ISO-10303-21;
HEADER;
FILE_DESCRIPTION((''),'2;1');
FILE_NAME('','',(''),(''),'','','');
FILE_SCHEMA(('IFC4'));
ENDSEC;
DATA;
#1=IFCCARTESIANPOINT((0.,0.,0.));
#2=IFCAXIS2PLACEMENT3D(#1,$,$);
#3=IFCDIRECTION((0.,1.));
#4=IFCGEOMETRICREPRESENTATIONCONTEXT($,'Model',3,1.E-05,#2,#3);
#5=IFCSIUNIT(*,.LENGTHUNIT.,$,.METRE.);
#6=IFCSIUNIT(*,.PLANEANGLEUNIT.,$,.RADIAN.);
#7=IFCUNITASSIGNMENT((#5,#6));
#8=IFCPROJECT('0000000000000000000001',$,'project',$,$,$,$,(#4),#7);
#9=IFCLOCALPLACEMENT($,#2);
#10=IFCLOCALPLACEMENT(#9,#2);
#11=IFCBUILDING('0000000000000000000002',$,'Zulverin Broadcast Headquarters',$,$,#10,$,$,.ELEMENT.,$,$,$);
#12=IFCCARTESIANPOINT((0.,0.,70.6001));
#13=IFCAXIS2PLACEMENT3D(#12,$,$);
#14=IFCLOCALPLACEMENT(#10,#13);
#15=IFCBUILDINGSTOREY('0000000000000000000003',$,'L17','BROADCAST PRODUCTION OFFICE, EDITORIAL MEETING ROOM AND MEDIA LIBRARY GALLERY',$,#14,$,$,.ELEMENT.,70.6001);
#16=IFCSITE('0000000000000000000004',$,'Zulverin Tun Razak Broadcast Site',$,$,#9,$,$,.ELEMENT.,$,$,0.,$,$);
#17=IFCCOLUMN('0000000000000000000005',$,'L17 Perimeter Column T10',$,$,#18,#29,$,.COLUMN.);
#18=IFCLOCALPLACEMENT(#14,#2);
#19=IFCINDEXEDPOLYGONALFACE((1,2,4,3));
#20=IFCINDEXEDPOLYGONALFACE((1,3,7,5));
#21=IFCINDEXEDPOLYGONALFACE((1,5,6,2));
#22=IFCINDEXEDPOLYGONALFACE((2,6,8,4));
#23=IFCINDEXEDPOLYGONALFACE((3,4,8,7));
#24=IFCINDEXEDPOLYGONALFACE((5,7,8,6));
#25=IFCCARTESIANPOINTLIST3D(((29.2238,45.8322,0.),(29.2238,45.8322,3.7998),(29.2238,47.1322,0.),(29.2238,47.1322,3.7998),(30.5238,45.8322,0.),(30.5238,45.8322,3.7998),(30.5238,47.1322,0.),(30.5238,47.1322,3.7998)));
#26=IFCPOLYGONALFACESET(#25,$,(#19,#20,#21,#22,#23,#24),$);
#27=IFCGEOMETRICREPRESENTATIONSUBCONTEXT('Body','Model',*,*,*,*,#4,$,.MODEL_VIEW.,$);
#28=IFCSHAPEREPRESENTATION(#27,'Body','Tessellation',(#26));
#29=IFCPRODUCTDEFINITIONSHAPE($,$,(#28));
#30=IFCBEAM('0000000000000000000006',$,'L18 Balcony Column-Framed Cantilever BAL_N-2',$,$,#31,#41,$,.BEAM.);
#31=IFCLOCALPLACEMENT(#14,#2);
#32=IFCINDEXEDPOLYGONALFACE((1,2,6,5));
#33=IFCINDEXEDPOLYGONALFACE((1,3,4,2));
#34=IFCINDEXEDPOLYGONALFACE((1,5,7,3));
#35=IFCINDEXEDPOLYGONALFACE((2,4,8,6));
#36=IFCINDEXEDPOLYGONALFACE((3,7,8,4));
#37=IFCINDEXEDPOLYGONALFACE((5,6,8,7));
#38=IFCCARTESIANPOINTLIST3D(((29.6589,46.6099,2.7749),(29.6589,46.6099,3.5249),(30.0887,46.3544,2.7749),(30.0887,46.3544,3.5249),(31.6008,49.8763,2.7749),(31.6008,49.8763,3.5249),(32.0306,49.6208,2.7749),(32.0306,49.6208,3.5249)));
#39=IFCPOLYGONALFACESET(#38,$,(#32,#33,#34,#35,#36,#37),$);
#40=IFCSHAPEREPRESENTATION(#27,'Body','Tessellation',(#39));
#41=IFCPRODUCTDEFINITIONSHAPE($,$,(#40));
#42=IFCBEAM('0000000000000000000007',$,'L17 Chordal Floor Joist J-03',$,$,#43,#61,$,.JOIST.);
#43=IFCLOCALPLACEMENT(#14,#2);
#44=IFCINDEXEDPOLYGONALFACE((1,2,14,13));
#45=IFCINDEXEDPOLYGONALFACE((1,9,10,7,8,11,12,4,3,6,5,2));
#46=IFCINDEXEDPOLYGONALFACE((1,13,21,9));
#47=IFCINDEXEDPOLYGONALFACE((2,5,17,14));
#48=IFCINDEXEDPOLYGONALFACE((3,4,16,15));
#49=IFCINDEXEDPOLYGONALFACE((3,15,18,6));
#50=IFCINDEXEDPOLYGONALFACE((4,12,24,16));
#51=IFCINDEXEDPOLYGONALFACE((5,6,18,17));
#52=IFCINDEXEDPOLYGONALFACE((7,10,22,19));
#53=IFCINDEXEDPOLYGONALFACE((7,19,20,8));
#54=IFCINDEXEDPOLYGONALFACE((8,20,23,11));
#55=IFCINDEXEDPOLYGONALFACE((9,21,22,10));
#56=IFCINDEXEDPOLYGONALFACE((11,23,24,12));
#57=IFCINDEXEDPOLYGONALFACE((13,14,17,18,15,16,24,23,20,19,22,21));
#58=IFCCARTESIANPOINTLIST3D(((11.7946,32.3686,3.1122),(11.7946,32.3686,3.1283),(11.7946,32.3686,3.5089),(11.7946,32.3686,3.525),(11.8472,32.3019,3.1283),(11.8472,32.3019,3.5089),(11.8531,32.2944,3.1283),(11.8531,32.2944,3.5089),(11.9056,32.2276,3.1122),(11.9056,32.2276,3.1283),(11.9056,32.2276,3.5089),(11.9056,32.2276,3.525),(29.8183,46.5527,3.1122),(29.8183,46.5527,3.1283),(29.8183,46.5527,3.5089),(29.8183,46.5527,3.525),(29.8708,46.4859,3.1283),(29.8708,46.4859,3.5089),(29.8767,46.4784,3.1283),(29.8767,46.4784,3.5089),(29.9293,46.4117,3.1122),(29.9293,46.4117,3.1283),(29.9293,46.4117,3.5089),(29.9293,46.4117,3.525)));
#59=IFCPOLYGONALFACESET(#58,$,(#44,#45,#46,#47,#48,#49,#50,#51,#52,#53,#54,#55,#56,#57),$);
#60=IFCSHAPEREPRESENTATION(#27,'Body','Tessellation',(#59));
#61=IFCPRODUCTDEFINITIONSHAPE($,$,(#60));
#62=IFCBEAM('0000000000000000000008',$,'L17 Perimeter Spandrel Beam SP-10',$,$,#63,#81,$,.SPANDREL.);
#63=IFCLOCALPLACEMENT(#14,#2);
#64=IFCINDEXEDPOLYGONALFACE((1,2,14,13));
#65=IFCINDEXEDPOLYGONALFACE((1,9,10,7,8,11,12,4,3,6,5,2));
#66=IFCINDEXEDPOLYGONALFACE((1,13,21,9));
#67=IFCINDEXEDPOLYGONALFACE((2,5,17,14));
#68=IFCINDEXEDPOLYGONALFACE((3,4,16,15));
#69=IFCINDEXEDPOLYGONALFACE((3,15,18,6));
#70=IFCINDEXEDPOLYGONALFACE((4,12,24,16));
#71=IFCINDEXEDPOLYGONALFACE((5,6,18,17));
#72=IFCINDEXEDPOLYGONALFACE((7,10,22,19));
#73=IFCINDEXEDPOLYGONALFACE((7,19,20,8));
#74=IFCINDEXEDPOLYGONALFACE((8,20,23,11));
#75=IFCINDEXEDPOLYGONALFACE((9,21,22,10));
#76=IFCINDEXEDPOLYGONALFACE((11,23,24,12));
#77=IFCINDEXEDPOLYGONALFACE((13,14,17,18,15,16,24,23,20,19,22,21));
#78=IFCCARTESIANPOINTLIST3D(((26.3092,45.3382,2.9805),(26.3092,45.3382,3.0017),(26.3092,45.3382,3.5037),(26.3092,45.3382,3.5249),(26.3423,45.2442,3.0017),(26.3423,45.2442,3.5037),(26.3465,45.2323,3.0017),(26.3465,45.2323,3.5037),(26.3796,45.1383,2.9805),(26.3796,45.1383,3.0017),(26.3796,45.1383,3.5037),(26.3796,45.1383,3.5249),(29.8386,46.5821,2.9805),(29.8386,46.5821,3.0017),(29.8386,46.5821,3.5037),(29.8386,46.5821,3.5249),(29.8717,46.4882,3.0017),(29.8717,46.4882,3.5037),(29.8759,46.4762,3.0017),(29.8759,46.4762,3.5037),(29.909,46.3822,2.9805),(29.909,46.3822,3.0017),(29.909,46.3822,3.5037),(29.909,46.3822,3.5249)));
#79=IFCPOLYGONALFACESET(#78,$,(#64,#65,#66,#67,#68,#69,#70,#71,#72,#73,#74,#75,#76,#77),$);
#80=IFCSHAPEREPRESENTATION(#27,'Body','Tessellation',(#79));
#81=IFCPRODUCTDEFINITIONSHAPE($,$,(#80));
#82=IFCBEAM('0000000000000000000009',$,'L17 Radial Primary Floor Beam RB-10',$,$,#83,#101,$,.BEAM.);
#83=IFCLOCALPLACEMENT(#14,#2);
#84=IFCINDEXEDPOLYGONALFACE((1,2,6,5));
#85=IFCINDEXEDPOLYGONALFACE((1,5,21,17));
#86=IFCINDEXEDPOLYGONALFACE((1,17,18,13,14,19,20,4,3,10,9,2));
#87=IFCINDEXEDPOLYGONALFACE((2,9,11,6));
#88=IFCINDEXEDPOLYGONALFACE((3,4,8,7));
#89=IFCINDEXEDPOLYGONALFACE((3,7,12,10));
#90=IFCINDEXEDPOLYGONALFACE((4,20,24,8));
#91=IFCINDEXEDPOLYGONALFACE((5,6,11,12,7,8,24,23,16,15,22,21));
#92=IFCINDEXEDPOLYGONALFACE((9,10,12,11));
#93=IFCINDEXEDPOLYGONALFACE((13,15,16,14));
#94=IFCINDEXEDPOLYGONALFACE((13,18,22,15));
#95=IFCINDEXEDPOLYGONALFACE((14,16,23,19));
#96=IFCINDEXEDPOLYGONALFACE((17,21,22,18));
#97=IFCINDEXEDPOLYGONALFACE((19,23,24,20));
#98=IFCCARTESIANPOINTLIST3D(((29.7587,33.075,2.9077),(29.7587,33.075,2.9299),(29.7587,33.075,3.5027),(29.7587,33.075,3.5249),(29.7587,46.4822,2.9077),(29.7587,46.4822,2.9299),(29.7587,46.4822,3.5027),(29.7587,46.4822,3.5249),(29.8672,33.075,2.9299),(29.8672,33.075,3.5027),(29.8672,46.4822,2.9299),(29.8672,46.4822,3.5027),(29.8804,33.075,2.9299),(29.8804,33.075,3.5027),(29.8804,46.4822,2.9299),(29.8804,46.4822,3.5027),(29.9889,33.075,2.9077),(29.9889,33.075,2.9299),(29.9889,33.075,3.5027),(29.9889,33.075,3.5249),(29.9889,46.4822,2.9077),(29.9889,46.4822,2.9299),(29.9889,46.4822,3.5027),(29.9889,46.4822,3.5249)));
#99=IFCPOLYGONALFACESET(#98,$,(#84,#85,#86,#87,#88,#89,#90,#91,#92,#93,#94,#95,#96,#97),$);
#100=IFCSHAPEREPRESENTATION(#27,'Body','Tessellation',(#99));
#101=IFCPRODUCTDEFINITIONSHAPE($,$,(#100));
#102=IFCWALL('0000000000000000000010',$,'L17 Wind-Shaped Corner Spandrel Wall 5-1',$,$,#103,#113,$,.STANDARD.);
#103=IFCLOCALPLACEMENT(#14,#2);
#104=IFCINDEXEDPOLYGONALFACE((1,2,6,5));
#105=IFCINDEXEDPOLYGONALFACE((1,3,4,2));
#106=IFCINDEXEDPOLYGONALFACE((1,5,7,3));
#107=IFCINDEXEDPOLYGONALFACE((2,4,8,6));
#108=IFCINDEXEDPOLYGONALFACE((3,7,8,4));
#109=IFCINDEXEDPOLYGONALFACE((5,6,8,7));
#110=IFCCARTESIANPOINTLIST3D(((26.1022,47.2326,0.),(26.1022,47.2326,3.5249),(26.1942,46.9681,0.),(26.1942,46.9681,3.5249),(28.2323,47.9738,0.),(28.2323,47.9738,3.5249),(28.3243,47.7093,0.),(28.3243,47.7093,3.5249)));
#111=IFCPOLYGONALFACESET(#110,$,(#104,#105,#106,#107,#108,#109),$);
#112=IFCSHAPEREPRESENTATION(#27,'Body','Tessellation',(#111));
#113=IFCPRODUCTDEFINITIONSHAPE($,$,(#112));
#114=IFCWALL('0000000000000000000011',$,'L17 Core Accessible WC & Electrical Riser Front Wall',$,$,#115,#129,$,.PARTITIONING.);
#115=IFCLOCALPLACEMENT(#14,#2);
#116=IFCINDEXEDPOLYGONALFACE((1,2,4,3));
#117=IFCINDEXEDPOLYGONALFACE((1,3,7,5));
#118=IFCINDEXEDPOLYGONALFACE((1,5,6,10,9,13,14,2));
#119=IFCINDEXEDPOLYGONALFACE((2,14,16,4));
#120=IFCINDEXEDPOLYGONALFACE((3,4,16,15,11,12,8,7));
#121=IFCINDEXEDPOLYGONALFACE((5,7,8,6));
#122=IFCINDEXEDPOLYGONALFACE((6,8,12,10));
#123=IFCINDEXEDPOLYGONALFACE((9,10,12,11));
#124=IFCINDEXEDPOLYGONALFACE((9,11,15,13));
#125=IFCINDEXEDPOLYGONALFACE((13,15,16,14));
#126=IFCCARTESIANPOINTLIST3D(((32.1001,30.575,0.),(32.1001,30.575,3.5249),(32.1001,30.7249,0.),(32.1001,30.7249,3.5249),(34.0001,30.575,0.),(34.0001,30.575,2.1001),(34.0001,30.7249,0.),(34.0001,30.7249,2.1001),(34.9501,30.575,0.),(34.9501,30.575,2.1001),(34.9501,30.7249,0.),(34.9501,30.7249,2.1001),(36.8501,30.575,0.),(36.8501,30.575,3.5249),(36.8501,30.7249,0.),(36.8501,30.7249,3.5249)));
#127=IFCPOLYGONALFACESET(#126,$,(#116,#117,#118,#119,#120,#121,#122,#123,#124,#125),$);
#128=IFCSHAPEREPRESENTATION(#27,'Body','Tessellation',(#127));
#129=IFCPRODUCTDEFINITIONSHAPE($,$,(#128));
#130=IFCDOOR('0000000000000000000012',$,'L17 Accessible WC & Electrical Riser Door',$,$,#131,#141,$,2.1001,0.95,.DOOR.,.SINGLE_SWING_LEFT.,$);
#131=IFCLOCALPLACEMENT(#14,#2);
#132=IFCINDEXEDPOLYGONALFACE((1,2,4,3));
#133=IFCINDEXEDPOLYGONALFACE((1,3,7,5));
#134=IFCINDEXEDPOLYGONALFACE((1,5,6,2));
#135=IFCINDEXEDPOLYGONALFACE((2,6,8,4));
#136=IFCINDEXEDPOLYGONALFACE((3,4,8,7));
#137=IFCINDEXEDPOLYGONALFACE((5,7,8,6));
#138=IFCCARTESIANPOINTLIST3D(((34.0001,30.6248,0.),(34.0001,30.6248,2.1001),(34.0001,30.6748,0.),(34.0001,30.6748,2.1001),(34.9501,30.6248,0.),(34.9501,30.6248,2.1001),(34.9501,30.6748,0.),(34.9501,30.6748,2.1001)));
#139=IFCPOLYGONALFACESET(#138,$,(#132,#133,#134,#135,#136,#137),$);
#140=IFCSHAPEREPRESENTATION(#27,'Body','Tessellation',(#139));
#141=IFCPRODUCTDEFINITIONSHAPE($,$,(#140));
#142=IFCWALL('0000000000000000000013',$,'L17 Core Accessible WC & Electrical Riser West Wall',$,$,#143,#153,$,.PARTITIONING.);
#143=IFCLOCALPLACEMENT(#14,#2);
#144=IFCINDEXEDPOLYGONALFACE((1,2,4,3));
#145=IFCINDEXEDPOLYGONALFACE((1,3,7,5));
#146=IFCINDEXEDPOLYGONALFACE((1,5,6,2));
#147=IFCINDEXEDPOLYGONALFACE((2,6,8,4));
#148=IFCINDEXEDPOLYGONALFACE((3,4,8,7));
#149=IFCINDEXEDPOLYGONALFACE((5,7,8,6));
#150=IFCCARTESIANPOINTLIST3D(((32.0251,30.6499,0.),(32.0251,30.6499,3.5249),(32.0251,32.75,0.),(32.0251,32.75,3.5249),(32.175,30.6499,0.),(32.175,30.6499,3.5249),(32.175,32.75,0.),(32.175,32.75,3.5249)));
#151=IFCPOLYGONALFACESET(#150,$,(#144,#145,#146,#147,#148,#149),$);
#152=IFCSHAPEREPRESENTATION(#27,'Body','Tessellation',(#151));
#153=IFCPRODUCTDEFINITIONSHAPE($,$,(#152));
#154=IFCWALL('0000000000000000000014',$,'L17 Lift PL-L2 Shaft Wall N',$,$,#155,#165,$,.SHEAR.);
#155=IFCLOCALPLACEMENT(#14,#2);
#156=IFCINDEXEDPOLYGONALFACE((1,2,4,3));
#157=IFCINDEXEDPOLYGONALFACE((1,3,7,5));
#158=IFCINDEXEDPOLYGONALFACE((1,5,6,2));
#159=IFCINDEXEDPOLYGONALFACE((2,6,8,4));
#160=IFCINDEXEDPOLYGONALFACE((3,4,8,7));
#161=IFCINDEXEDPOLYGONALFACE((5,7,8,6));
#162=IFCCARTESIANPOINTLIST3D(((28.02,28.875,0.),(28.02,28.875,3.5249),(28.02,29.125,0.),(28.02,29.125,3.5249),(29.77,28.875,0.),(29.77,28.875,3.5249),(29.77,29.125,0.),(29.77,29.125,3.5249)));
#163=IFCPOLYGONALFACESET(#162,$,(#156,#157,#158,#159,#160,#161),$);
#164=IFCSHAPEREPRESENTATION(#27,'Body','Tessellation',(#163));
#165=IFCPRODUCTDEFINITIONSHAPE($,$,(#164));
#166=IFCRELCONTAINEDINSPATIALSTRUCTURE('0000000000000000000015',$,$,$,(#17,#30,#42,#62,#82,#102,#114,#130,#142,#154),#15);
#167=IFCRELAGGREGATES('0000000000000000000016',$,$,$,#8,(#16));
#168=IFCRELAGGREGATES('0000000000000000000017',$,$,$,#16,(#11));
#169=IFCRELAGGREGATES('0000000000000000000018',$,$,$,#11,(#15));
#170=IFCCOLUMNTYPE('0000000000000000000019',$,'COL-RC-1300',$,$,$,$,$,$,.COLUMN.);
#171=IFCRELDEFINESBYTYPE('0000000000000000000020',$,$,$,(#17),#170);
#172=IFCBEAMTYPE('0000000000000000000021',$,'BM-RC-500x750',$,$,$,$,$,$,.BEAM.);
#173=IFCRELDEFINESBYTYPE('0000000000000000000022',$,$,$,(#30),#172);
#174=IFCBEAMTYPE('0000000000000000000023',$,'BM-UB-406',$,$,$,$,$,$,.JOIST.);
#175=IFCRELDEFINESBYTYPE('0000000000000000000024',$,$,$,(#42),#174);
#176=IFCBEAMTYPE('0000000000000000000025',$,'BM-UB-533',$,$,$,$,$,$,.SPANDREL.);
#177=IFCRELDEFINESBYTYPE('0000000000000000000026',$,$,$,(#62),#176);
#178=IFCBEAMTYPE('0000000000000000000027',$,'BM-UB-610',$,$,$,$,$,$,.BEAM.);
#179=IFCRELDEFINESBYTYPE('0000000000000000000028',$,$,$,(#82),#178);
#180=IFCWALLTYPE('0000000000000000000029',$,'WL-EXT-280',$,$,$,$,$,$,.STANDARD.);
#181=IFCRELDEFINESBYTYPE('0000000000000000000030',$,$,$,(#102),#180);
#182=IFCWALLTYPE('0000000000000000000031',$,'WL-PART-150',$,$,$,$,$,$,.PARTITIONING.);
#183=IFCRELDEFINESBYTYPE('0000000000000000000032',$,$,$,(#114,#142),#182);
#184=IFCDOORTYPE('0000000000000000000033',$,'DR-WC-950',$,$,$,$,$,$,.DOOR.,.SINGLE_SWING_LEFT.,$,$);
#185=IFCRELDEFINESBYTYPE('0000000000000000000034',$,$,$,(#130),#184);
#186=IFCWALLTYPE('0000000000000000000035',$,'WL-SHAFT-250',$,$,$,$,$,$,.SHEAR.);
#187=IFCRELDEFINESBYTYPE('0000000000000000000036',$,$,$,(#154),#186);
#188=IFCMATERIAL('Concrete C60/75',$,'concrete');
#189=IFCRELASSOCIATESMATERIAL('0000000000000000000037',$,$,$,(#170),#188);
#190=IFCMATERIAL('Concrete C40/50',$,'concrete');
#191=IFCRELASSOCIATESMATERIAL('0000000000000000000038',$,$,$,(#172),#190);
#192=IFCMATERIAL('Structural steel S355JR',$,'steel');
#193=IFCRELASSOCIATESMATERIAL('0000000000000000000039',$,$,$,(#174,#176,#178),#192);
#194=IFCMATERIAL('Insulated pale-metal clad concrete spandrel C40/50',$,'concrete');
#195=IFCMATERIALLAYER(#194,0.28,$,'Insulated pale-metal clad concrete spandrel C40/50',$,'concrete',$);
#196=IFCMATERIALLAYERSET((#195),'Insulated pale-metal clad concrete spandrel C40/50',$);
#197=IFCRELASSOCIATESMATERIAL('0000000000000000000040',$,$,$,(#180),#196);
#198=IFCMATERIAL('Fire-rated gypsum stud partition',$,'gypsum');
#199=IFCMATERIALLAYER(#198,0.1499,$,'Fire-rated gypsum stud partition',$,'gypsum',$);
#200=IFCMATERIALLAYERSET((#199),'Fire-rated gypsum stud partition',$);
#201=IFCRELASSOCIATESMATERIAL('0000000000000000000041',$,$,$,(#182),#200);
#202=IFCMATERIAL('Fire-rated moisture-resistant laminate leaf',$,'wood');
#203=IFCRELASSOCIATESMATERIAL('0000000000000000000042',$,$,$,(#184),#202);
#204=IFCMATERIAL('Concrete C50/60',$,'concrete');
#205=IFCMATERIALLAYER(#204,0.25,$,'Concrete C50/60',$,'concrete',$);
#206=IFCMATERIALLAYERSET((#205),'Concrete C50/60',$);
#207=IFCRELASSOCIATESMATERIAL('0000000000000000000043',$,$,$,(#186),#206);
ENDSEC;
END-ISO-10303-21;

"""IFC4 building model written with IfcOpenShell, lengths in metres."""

from ifc_helpers import new_model, si_unit, direction, frame, frame_2d, origin, origin_2d, place, context, subcontext, project, spatial, rectangle, i_section, extrude, material, layer, layer_set, material_profile, profile_set, type_object, element, fill, save


model = new_model("IFC4")

# Units and contexts
model_context = context("Model", 3, precision=1e-05, world=origin(), true_north=direction((0.0, 1.0)))
body_context = subcontext(model_context, "Body", "Model", "MODEL_VIEW")
ifc_project = project(units=[si_unit("LENGTHUNIT", "METRE"), si_unit("PLANEANGLEUNIT", "RADIAN")], contexts=[model_context])

# Site, building, storey
site_placement = place(None, origin())
site = spatial("IfcSite", under=ifc_project, at=site_placement, Name="Zulverin Tun Razak Broadcast Site", CompositionType="ELEMENT", RefElevation=0.0)
building_placement = place(site_placement, origin())
building = spatial("IfcBuilding", under=site, at=building_placement, Name="Zulverin Broadcast Headquarters", CompositionType="ELEMENT")
storey_placement = place(building_placement, frame((0.0, 0.0, 70.6001)))
storey = spatial("IfcBuildingStorey", under=building, at=storey_placement, Name="L17", Description="BROADCAST PRODUCTION OFFICE, EDITORIAL MEETING ROOM AND MEDIA LIBRARY GALLERY", CompositionType="ELEMENT", Elevation=70.6001)

# Column
ifc_material_1 = material(Name="Concrete C60/75", Category="concrete")
ifc_material_profile_1 = material_profile(ifc_material_1, rectangle(XDim=1.3, YDim=1.3, at=origin_2d()), Name="Concrete C60/75", Category="concrete")
ifc_profile_set_1 = profile_set([ifc_material_profile_1], Name="Concrete C60/75")
column_type = type_object("IfcColumnType", Name="COL-RC-1300", PredefinedType="COLUMN", material=ifc_profile_set_1)
column_placement = place(storey_placement, frame((29.8738, 46.4822, 0.0), z_axis=(0.0, 0.0, 1.0), x_axis=(1.0, 0.0, 0.0)))
element("IfcColumn", 1, at=column_placement, inside=storey, type_object=column_type, Name="L17 Perimeter Column T10", PredefinedType="COLUMN", context=body_context, shape_type="SweptSolid", body=[
    extrude(rectangle(XDim=1.3, YDim=1.3, at=origin_2d()), origin(), (0.0, 0.0, 1.0), 3.7998),
])

# Beams
ifc_material_2 = material(Name="Concrete C40/50", Category="concrete")
ifc_material_profile_2 = material_profile(ifc_material_2, rectangle(XDim=0.5, YDim=0.75, at=origin_2d()), Name="Concrete C40/50", Category="concrete")
ifc_profile_set_2 = profile_set([ifc_material_profile_2], Name="Concrete C40/50")
beam_type_1 = type_object("IfcBeamType", Name="BM-RC-500x750", PredefinedType="BEAM", material=ifc_profile_set_2)
beam_1_placement = place(storey_placement, frame((29.8738, 46.4822, 3.1499), z_axis=(0.511024, 0.859566, 0.0), x_axis=(-0.859566, 0.511024, 0.0)))
element("IfcBeam", 2, at=beam_1_placement, inside=storey, type_object=beam_type_1, Name="L18 Balcony Column-Framed Cantilever BAL_N-2", PredefinedType="BEAM", context=body_context, shape_type="SweptSolid", body=[
    extrude(rectangle(XDim=0.5, YDim=0.75, at=origin_2d()), origin(), (0.0, 0.0, 1.0), 3.8),
])
ifc_material_3 = material(Name="Structural steel S355JR", Category="steel")
ifc_material_profile_3 = material_profile(ifc_material_3, i_section(OverallWidth=0.1794, OverallDepth=0.4128, WebThickness=0.0095, FlangeThickness=0.0161, at=origin_2d()), Name="Structural steel S355JR", Category="steel")
ifc_profile_set_3 = profile_set([ifc_material_profile_3], Name="Structural steel S355JR")
beam_type_2 = type_object("IfcBeamType", Name="BM-UB-406", PredefinedType="JOIST", material=ifc_profile_set_3)
beam_2_placement = place(storey_placement, frame((29.8738, 46.4822, 3.3186), z_axis=(-0.785839, -0.618431, 0.0), x_axis=(0.618431, -0.785839, 0.0)))
element("IfcBeam", 3, at=beam_2_placement, inside=storey, type_object=beam_type_2, Name="L17 Chordal Floor Joist J-03", PredefinedType="JOIST", context=body_context, shape_type="SweptSolid", body=[
    extrude(i_section(OverallWidth=0.1794, OverallDepth=0.4128, WebThickness=0.0095, FlangeThickness=0.0161, at=origin_2d()), origin(), (0.0, 0.0, 1.0), 22.9355),
])
ifc_material_profile_4 = material_profile(ifc_material_3, i_section(OverallWidth=0.2119, OverallDepth=0.5444, WebThickness=0.0127, FlangeThickness=0.0212, at=origin_2d()), Name="Structural steel S355JR", Category="steel")
ifc_profile_set_4 = profile_set([ifc_material_profile_4], Name="Structural steel S355JR")
beam_type_3 = type_object("IfcBeamType", Name="BM-UB-533", PredefinedType="SPANDREL", material=ifc_profile_set_4)
beam_3_placement = place(storey_placement, frame((29.8738, 46.4822, 3.2527), z_axis=(-0.943136, -0.332407, 0.0), x_axis=(0.332407, -0.943136, 0.0)))
element("IfcBeam", 4, at=beam_3_placement, inside=storey, type_object=beam_type_3, Name="L17 Perimeter Spandrel Beam SP-10", PredefinedType="SPANDREL", context=body_context, shape_type="SweptSolid", body=[
    extrude(i_section(OverallWidth=0.2119, OverallDepth=0.5444, WebThickness=0.0127, FlangeThickness=0.0212, at=origin_2d()), origin(), (0.0, 0.0, 1.0), 3.7422),
])
ifc_material_profile_5 = material_profile(ifc_material_3, i_section(OverallWidth=0.2302, OverallDepth=0.6172, WebThickness=0.0132, FlangeThickness=0.0222, at=origin_2d()), Name="Structural steel S355JR", Category="steel")
ifc_profile_set_5 = profile_set([ifc_material_profile_5], Name="Structural steel S355JR")
beam_type_4 = type_object("IfcBeamType", Name="BM-UB-610", PredefinedType="BEAM", material=ifc_profile_set_5)
beam_4_placement = place(storey_placement, frame((29.8738, 33.075, 3.2163), z_axis=(0.0, 1.0, 0.0), x_axis=(-1.0, 0.0, 0.0)))
element("IfcBeam", 5, at=beam_4_placement, inside=storey, type_object=beam_type_4, Name="L17 Radial Primary Floor Beam RB-10", PredefinedType="BEAM", context=body_context, shape_type="SweptSolid", body=[
    extrude(i_section(OverallWidth=0.2302, OverallDepth=0.6172, WebThickness=0.0132, FlangeThickness=0.0222, at=origin_2d()), origin(), (0.0, 0.0, 1.0), 13.4072),
])

# Wall
ifc_material_4 = material(Name="Insulated pale-metal clad concrete spandrel C40/50", Category="concrete")
ifc_layer_1 = layer(ifc_material_4, 0.28, Name="Insulated pale-metal clad concrete spandrel C40/50", Category="concrete")
ifc_layer_set_1 = layer_set([ifc_layer_1], Name="Insulated pale-metal clad concrete spandrel C40/50")
wall_type_1 = type_object("IfcWallType", Name="WL-EXT-280", PredefinedType="STANDARD", material=ifc_layer_set_1)
wall_1_placement = place(storey_placement, frame((28.2783, 47.8416, 0.0), z_axis=(0.0, 0.0, 1.0), x_axis=(-0.944456, -0.328638, 0.0)))
element("IfcWall", 6, at=wall_1_placement, inside=storey, type_object=wall_type_1, Name="L17 Wind-Shaped Corner Spandrel Wall 5-1", PredefinedType="STANDARD", context=body_context, shape_type="SweptSolid", body=[
    extrude(rectangle(XDim=2.2554, YDim=0.28, at=frame_2d((1.1277, 0.0))), origin(), (0.0, 0.0, 1.0), 3.5249),
])

# Wall, opening, door
ifc_material_5 = material(Name="Fire-rated gypsum stud partition", Category="gypsum")
ifc_layer_2 = layer(ifc_material_5, 0.1499, Name="Fire-rated gypsum stud partition", Category="gypsum")
ifc_layer_set_2 = layer_set([ifc_layer_2], Name="Fire-rated gypsum stud partition")
wall_type_2 = type_object("IfcWallType", Name="WL-PART-150", PredefinedType="PARTITIONING", material=ifc_layer_set_2)
wall_2_placement = place(storey_placement, frame((32.1001, 30.6499, 0.0), z_axis=(0.0, 0.0, 1.0), x_axis=(1.0, 0.0, 0.0)))
wall_2 = element("IfcWall", 7, at=wall_2_placement, inside=storey, type_object=wall_type_2, Name="L17 Core Accessible WC & Electrical Riser Front Wall", PredefinedType="PARTITIONING", context=body_context, shape_type="SweptSolid", body=[
    extrude(rectangle(XDim=4.75, YDim=0.1499, at=frame_2d((2.375, 0.0))), origin(), (0.0, 0.0, 1.0), 3.5249),
])
opening_placement = place(wall_2_placement, frame((1.8999, 0.0, 0.0)))
opening = element("IfcOpeningElement", 8, at=opening_placement, cuts=wall_2, PredefinedType="OPENING", context=body_context, shape_type="SweptSolid", body=[
    extrude(rectangle(XDim=0.95, YDim=2.1001, at=frame_2d((0.4751, 1.05))), frame((0.0, 0.085, 0.0), z_axis=(0.0, -1.0, 0.0), x_axis=(1.0, 0.0, 0.0)), (0.0, 0.0, 1.0), 0.1699),
])
ifc_material_6 = material(Name="Fire-rated moisture-resistant laminate leaf", Category="wood")
door_type = type_object("IfcDoorType", Name="DR-WC-950", OperationType="SINGLE_SWING_LEFT", PredefinedType="DOOR", material=ifc_material_6)
door_placement = place(opening_placement, origin())
door = element("IfcDoor", 9, at=door_placement, inside=storey, type_object=door_type, Name="L17 Accessible WC & Electrical Riser Door", OperationType="SINGLE_SWING_LEFT", OverallHeight=2.1001, OverallWidth=0.95, PredefinedType="DOOR", context=body_context, shape_type="SweptSolid", body=[
    extrude(rectangle(XDim=0.95, YDim=2.1001, at=frame_2d((0.4751, 1.05))), frame((0.0, 0.0249, 0.0), z_axis=(0.0, -1.0, 0.0), x_axis=(1.0, 0.0, 0.0)), (0.0, 0.0, 1.0), 0.05),
])
fill(opening, door)

# Walls
wall_3_placement = place(storey_placement, frame((32.1001, 30.6499, 0.0), z_axis=(0.0, 0.0, 1.0), x_axis=(0.0, 1.0, 0.0)))
element("IfcWall", 10, at=wall_3_placement, inside=storey, type_object=wall_type_2, Name="L17 Core Accessible WC & Electrical Riser West Wall", PredefinedType="PARTITIONING", context=body_context, shape_type="SweptSolid", body=[
    extrude(rectangle(XDim=2.1001, YDim=0.1499, at=frame_2d((1.05, 0.0))), origin(), (0.0, 0.0, 1.0), 3.5249),
])
ifc_material_7 = material(Name="Concrete C50/60", Category="concrete")
ifc_layer_3 = layer(ifc_material_7, 0.25, Name="Concrete C50/60", Category="concrete")
ifc_layer_set_3 = layer_set([ifc_layer_3], Name="Concrete C50/60")
wall_type_3 = type_object("IfcWallType", Name="WL-SHAFT-250", PredefinedType="SHEAR", material=ifc_layer_set_3)
wall_4_placement = place(storey_placement, frame((28.02, 29.0, 0.0), z_axis=(0.0, 0.0, 1.0), x_axis=(1.0, 0.0, 0.0)))
element("IfcWall", 11, at=wall_4_placement, inside=storey, type_object=wall_type_3, Name="L17 Lift PL-L2 Shaft Wall N", PredefinedType="SHEAR", context=body_context, shape_type="SweptSolid", body=[
    extrude(rectangle(XDim=1.75, YDim=0.25, at=frame_2d((0.875, 0.0))), origin(), (0.0, 0.0, 1.0), 3.5249),
])

save(model, "model.ifc")
